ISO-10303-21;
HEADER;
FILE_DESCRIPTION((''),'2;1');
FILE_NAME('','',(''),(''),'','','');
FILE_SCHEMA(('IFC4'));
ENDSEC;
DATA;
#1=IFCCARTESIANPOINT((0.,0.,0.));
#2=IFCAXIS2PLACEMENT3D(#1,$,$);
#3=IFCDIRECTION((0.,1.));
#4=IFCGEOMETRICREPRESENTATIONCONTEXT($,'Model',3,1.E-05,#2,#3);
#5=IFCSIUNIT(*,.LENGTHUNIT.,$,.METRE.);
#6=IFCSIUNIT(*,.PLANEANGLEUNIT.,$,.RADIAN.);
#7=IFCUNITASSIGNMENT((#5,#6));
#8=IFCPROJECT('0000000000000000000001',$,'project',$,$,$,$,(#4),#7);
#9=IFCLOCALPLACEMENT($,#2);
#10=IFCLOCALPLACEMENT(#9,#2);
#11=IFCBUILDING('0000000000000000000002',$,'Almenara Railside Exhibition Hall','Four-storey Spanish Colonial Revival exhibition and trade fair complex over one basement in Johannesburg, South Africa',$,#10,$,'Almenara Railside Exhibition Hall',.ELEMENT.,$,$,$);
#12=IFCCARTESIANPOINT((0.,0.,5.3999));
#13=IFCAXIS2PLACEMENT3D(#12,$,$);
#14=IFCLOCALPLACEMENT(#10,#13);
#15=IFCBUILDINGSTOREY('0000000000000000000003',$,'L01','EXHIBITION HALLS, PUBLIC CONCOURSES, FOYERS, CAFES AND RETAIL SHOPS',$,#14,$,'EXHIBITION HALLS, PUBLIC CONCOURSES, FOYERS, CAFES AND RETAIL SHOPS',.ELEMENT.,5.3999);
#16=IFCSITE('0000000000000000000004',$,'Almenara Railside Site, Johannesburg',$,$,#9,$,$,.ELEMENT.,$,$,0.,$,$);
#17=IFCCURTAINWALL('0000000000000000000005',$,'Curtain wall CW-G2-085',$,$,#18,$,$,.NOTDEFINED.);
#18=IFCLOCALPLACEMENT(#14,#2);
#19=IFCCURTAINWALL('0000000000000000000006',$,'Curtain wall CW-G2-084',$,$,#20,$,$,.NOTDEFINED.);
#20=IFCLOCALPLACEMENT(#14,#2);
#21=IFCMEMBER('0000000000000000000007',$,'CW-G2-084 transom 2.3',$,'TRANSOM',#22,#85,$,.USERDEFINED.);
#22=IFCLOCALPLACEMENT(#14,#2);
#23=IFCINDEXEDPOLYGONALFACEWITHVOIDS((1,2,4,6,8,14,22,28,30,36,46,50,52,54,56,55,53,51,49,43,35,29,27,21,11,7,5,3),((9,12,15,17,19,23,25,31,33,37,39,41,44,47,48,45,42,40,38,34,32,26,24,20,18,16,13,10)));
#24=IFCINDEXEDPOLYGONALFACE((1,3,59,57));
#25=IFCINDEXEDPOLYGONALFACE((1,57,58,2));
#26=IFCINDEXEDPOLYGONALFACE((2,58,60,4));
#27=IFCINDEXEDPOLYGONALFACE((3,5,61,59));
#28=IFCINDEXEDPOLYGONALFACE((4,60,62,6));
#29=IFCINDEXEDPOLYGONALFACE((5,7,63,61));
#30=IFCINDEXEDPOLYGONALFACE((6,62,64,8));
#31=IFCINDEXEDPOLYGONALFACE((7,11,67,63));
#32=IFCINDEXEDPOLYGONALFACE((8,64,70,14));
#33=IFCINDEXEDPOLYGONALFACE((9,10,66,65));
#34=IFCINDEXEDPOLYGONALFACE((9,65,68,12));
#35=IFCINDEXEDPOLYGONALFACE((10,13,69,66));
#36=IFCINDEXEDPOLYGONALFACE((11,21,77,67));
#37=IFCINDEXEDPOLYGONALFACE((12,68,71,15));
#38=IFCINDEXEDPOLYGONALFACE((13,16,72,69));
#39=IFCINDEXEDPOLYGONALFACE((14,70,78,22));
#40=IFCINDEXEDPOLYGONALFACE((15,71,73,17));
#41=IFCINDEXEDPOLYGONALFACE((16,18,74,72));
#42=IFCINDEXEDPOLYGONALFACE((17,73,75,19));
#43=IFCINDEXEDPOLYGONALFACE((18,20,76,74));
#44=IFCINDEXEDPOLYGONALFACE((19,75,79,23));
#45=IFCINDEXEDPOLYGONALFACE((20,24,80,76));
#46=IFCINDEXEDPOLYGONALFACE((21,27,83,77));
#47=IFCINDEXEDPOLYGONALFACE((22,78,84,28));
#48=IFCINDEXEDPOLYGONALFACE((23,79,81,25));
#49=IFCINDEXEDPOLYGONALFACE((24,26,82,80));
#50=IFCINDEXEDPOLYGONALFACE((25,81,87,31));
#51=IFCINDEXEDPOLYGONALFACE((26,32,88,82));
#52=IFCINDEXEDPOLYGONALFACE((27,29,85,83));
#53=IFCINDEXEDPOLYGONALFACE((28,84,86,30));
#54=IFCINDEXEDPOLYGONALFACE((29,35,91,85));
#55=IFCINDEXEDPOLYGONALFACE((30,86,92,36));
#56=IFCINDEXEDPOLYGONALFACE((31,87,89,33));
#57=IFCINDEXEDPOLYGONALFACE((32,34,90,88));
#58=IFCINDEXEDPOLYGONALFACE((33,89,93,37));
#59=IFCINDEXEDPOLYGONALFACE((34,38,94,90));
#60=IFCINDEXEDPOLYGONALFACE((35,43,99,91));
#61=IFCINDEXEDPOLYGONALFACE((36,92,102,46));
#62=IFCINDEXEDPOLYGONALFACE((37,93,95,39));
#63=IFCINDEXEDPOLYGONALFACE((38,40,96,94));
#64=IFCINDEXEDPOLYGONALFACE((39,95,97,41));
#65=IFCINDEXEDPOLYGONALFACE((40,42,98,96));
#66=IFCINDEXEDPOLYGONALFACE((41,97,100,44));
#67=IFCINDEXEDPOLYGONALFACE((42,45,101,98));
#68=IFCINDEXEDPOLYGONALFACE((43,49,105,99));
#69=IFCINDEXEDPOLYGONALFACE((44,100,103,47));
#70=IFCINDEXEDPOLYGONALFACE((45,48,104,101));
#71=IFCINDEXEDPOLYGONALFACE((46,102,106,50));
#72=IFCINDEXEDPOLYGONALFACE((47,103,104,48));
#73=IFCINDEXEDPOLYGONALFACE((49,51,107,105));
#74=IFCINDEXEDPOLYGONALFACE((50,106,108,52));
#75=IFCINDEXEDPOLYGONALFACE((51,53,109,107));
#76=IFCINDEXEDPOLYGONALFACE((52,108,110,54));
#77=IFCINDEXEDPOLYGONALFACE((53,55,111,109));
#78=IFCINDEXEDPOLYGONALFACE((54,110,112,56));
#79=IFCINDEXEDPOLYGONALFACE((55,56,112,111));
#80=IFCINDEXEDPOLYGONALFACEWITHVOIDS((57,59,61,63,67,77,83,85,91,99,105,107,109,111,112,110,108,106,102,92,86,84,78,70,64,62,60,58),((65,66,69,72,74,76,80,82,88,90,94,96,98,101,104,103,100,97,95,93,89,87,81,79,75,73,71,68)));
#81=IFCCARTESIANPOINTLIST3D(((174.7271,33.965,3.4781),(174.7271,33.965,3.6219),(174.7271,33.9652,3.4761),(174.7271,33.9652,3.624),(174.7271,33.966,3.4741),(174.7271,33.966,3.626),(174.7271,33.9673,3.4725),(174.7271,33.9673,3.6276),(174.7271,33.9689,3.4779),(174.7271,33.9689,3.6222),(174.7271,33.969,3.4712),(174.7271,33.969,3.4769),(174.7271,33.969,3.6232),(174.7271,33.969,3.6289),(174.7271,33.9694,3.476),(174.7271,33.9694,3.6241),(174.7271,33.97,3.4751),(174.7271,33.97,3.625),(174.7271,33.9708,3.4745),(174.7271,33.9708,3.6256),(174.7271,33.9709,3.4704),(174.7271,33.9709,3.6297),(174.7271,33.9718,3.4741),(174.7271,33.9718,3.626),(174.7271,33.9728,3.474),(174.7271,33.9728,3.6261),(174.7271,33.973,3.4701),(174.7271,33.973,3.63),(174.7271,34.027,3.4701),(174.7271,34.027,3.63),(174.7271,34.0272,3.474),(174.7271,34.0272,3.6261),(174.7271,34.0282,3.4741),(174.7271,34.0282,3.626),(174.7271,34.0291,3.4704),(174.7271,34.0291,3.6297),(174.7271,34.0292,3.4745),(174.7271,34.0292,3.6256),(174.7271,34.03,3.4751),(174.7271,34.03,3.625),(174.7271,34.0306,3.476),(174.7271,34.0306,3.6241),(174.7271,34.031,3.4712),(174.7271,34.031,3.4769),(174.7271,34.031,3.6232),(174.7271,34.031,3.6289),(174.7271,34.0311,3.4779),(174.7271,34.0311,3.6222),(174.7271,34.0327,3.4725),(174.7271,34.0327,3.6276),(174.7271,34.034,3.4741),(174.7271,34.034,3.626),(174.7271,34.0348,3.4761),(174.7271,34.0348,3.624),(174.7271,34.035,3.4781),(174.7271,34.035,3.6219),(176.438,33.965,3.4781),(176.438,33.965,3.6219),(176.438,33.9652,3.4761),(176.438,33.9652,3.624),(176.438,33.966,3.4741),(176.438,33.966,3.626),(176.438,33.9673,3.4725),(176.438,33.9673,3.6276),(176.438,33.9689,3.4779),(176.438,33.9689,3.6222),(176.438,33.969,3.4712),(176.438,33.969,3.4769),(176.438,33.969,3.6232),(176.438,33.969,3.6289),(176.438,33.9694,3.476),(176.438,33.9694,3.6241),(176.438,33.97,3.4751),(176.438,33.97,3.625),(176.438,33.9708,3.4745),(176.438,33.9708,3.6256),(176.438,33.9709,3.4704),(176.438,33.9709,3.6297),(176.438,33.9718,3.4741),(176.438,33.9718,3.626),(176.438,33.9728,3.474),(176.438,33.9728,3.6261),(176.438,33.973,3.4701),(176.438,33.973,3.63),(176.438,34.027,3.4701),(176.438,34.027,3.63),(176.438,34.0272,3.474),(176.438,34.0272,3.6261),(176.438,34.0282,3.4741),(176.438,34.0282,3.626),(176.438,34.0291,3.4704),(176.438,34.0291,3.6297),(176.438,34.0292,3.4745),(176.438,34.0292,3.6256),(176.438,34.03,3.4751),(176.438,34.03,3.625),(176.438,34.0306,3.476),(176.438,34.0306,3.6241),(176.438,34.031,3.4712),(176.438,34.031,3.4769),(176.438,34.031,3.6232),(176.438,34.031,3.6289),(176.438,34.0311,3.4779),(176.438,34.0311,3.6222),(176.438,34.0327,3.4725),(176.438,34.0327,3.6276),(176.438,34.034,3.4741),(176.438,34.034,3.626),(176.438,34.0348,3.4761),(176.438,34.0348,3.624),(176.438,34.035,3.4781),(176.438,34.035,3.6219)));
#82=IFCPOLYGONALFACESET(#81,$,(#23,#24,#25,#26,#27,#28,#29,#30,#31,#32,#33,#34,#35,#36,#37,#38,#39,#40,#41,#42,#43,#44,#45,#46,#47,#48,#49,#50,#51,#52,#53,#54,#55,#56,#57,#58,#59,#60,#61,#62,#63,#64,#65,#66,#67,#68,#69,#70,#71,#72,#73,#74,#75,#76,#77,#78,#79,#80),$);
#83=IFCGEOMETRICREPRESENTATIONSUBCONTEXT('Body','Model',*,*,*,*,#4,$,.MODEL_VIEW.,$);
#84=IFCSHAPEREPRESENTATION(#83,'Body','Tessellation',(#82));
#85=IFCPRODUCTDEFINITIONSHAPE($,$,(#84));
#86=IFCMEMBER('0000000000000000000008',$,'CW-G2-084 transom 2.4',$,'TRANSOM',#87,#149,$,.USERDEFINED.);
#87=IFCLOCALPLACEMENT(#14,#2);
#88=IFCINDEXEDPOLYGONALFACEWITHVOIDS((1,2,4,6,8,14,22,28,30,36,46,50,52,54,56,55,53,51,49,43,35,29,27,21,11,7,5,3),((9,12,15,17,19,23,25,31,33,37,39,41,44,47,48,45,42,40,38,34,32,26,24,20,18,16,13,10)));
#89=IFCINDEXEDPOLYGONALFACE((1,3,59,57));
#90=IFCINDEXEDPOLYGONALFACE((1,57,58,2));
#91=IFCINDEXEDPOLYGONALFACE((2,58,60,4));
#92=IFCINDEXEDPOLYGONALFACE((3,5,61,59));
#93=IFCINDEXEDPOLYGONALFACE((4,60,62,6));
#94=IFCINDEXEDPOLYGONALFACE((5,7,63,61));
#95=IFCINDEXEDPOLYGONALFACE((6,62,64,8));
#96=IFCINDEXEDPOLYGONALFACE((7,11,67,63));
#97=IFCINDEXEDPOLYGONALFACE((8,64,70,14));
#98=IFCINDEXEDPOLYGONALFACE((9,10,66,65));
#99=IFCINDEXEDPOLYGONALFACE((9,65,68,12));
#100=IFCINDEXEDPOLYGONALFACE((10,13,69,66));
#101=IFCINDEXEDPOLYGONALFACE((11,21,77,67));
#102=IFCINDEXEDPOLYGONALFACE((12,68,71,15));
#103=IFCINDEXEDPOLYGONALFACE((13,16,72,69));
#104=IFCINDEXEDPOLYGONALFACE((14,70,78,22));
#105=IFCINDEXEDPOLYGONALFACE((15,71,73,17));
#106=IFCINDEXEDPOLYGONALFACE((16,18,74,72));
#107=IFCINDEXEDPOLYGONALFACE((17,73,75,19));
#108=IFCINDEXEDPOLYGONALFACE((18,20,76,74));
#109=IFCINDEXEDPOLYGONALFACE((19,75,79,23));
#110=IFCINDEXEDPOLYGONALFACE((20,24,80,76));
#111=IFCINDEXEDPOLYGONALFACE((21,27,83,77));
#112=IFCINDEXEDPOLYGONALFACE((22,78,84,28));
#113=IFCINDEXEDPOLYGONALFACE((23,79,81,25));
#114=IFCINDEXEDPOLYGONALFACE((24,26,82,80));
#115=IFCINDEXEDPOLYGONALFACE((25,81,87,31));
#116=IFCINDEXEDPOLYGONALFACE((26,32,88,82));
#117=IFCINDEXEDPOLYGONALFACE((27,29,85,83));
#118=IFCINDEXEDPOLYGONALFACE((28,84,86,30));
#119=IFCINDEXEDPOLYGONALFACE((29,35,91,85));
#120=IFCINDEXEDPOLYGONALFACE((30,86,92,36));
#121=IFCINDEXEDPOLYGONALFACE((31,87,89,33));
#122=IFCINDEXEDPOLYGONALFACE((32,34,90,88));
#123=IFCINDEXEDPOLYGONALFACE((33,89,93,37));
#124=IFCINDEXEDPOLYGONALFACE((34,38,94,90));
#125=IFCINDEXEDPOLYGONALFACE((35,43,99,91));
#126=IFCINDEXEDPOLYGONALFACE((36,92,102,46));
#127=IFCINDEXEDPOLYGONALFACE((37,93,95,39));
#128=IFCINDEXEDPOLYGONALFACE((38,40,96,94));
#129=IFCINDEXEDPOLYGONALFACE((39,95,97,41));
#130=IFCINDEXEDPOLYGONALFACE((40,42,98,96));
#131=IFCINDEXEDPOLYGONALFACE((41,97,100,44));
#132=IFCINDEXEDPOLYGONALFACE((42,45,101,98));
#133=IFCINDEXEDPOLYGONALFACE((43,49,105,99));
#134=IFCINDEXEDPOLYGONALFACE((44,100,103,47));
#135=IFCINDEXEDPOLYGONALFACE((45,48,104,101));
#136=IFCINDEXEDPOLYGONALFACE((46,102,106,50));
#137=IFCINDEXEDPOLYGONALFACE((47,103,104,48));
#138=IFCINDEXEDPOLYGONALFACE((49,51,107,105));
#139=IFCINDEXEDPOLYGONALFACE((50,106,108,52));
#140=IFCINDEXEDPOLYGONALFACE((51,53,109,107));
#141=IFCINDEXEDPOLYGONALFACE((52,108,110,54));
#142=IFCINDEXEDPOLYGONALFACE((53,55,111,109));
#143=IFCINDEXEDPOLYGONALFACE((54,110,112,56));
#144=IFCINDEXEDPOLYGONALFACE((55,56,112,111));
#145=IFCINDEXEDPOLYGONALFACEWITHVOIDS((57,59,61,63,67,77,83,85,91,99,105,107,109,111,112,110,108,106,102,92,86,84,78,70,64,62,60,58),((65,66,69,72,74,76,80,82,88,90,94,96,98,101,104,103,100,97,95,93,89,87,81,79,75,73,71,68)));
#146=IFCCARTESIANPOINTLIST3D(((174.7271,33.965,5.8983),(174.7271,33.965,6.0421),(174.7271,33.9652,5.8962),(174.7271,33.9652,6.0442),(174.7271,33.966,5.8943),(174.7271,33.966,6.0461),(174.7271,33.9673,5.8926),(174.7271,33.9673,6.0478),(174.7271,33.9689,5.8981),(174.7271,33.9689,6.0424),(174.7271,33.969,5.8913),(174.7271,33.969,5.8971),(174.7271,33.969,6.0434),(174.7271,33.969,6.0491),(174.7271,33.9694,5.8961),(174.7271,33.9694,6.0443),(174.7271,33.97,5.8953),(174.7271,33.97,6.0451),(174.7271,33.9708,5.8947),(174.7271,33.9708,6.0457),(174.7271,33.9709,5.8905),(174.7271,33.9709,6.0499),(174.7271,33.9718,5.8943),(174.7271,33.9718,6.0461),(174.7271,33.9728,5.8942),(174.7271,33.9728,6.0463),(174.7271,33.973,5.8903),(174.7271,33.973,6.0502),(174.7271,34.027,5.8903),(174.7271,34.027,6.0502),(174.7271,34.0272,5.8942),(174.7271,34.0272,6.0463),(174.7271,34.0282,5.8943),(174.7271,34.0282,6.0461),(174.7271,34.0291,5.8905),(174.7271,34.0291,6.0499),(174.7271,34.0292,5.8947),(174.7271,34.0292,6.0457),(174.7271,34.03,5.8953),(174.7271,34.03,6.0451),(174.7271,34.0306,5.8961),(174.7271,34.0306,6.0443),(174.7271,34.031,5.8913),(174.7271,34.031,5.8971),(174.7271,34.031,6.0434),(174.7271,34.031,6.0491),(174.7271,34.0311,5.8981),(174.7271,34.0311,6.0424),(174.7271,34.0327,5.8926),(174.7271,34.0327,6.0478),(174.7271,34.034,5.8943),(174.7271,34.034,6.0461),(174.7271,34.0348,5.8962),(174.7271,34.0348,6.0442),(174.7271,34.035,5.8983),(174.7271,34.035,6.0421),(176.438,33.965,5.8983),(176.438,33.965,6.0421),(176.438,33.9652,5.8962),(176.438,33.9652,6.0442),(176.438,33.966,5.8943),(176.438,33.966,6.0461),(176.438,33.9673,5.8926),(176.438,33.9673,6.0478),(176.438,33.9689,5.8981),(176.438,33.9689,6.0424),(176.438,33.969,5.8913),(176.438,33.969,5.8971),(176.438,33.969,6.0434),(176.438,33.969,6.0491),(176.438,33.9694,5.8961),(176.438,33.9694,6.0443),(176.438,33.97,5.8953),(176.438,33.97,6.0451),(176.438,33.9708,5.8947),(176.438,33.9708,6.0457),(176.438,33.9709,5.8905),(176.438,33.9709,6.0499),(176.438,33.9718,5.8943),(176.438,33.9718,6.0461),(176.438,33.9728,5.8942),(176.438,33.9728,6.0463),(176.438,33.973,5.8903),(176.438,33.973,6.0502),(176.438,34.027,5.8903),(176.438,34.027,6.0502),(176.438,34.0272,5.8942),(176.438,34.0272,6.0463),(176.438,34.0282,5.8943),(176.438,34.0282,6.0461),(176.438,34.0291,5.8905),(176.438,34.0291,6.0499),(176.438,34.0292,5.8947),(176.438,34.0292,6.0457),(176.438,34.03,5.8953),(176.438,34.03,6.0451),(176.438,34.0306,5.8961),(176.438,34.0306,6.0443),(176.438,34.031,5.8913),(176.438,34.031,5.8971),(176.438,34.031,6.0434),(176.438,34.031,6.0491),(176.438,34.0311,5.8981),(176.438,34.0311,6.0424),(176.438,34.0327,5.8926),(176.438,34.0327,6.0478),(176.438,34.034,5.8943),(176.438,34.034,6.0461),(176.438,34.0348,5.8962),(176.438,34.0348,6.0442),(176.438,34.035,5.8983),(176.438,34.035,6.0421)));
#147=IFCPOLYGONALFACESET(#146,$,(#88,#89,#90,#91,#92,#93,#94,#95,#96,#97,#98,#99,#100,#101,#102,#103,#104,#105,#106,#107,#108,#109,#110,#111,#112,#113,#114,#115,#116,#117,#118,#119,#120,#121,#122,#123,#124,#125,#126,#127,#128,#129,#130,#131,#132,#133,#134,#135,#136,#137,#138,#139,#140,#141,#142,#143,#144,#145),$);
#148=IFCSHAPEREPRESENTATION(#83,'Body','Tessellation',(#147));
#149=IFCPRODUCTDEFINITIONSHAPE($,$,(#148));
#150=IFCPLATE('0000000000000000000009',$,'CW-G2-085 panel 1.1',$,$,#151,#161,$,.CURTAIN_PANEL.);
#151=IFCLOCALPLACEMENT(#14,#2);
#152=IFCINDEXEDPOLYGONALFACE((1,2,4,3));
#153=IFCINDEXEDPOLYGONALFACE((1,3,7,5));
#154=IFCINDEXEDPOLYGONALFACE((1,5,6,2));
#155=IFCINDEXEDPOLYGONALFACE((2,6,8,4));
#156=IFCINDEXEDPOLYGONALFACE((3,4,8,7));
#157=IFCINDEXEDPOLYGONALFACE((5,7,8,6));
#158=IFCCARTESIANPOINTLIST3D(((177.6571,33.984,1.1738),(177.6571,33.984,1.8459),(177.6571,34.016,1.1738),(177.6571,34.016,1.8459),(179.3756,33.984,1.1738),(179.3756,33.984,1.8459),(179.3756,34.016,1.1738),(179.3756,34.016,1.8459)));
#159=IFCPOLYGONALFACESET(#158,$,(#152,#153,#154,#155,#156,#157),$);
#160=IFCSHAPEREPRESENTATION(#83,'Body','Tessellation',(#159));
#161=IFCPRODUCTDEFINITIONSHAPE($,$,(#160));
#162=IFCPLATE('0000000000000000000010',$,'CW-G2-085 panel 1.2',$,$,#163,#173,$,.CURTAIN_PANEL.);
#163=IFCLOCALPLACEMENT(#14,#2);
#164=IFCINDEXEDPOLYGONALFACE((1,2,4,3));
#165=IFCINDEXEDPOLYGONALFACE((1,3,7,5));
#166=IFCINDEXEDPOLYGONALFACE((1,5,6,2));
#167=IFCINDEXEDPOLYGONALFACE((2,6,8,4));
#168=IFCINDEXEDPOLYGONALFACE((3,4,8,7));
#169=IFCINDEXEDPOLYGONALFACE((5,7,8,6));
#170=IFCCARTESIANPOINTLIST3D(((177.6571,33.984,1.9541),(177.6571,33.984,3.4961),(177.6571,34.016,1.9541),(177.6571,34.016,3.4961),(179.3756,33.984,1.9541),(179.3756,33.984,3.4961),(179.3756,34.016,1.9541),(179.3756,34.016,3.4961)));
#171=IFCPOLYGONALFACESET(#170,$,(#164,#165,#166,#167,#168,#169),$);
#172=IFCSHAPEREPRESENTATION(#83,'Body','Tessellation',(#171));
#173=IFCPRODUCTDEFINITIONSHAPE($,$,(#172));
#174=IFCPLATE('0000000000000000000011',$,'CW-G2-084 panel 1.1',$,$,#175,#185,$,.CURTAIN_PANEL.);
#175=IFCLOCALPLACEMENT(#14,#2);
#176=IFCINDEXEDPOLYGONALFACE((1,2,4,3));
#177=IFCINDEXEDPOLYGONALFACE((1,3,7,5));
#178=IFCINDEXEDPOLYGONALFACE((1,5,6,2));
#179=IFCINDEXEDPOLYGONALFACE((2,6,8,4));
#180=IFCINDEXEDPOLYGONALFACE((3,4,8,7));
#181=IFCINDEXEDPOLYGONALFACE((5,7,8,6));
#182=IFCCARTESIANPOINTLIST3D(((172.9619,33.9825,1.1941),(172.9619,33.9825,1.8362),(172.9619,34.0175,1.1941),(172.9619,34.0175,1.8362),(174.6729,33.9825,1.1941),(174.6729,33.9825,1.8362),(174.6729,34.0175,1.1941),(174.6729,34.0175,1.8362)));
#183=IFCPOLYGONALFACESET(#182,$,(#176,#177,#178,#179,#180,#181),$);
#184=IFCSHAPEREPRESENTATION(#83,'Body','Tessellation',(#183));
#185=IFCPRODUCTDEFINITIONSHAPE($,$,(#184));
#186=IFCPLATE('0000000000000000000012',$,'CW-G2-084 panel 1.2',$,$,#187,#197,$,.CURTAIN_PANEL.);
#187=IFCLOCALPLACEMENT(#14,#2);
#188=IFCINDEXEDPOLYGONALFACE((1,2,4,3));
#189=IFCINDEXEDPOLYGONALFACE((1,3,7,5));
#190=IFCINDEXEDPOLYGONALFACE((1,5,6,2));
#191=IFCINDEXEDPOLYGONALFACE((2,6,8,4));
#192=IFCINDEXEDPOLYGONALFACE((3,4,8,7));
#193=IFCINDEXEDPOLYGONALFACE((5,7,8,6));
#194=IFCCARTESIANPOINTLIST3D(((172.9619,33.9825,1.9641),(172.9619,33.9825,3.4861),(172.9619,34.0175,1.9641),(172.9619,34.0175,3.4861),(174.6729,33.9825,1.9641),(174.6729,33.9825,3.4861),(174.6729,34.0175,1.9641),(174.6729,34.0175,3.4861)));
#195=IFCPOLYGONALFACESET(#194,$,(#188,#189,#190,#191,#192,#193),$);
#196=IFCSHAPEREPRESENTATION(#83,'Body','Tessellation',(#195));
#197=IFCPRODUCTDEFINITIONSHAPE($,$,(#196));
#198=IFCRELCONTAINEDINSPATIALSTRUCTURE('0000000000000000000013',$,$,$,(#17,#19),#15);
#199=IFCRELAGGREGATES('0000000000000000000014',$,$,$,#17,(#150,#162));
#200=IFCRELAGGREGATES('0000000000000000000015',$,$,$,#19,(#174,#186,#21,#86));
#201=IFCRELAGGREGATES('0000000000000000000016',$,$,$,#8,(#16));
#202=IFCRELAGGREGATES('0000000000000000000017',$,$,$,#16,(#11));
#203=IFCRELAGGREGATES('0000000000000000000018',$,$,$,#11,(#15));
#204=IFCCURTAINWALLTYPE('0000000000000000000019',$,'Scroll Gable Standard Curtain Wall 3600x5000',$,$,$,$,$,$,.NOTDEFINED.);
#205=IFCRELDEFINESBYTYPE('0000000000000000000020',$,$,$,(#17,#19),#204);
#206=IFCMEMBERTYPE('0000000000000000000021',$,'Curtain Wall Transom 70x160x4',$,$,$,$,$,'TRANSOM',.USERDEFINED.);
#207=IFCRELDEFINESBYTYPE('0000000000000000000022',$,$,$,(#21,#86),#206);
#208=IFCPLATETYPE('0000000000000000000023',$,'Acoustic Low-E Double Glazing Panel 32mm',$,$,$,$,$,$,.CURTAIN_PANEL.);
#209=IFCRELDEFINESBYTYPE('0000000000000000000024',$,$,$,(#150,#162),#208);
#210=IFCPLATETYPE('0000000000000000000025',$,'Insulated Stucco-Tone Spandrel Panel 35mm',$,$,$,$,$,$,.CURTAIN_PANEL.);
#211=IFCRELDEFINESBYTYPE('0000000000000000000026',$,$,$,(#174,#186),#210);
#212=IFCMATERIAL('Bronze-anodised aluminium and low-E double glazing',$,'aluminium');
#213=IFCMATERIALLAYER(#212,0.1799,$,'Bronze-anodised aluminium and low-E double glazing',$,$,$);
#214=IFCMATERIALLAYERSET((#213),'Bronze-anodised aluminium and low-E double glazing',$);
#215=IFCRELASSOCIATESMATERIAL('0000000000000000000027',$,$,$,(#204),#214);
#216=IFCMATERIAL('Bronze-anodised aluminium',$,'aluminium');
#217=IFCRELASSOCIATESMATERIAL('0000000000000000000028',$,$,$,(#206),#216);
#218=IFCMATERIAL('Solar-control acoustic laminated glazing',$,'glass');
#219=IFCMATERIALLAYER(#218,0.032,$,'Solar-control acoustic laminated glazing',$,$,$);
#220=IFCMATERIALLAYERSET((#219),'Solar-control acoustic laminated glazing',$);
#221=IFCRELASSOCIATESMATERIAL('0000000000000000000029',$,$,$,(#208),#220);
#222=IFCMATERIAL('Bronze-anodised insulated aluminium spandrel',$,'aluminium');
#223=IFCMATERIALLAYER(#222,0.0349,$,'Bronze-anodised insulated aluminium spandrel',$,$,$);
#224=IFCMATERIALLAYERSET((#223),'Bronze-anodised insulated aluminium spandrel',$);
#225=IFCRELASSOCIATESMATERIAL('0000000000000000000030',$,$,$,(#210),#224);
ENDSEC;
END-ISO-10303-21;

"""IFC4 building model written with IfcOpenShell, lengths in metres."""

from ifc_helpers import new_model, si_unit, direction, frame, origin, origin_2d, place, context, subcontext, project, spatial, rectangle, hollow_rectangle, extrude, material, layer, layer_set, material_profile, profile_set, type_object, element, aggregate, save


model = new_model("IFC4")

# Units and contexts
model_context = context("Model", 3, precision=1e-05, world=origin(), true_north=direction((0.0, 1.0)))
body_context = subcontext(model_context, "Body", "Model", "MODEL_VIEW")
ifc_project = project(units=[si_unit("LENGTHUNIT", "METRE"), si_unit("PLANEANGLEUNIT", "RADIAN")], contexts=[model_context])

# Site, building, storey
site_placement = place(None, origin())
site = spatial("IfcSite", under=ifc_project, at=site_placement, Name="Almenara Railside Site, Johannesburg", CompositionType="ELEMENT", RefElevation=0.0)
building_placement = place(site_placement, origin())
building = spatial("IfcBuilding", under=site, at=building_placement, Name="Almenara Railside Exhibition Hall", Description="Four-storey Spanish Colonial Revival exhibition and trade fair complex over one basement in Johannesburg, South Africa", LongName="Almenara Railside Exhibition Hall", CompositionType="ELEMENT")
storey_placement = place(building_placement, frame((0.0, 0.0, 5.3999)))
storey = spatial("IfcBuildingStorey", under=building, at=storey_placement, Name="L01", Description="EXHIBITION HALLS, PUBLIC CONCOURSES, FOYERS, CAFES AND RETAIL SHOPS", LongName="EXHIBITION HALLS, PUBLIC CONCOURSES, FOYERS, CAFES AND RETAIL SHOPS", CompositionType="ELEMENT", Elevation=5.3999)

# Curtain wall
ifc_material_1 = material(Name="Bronze-anodised aluminium and low-E double glazing", Category="aluminium")
ifc_layer_1 = layer(ifc_material_1, 0.1799, Name="Bronze-anodised aluminium and low-E double glazing")
ifc_layer_set_1 = layer_set([ifc_layer_1], Name="Bronze-anodised aluminium and low-E double glazing")
curtain_wall_type = type_object("IfcCurtainWallType", Name="Scroll Gable Standard Curtain Wall 3600x5000", PredefinedType="NOTDEFINED", material=ifc_layer_set_1)
curtain_wall_1_placement = place(storey_placement, origin())
curtain_wall_1 = element("IfcCurtainWall", 1, at=curtain_wall_1_placement, inside=storey, type_object=curtain_wall_type, Name="Curtain wall CW-G2-085", PredefinedType="NOTDEFINED")
ifc_material_2 = material(Name="Bronze-anodised aluminium", Category="aluminium")

# Curtain wall
curtain_wall_2_placement = place(storey_placement, origin())
curtain_wall_2 = element("IfcCurtainWall", 2, at=curtain_wall_2_placement, inside=storey, type_object=curtain_wall_type, Name="Curtain wall CW-G2-084", PredefinedType="NOTDEFINED")

# Members
ifc_material_profile_1 = material_profile(ifc_material_2, hollow_rectangle(XDim=0.0701, YDim=0.1599, WallThickness=0.0039, InnerFilletRadius=0.0039, OuterFilletRadius=0.0081, at=origin_2d()), Name="ALU-TRN 70x160x4")
ifc_profile_set_1 = profile_set([ifc_material_profile_1], Name="Bronze-anodised aluminium")
member_type_1 = type_object("IfcMemberType", Name="Curtain Wall Transom 70x160x4", ElementType="TRANSOM", PredefinedType="USERDEFINED", material=ifc_profile_set_1)
member_1_placement = place(storey_placement, frame((174.7271, 34.0, 3.55), z_axis=(1.0, 0.0, 0.0), x_axis=(0.0, 1.0, 0.0)))
member_1 = element("IfcMember", 3, at=member_1_placement, type_object=member_type_1, Name="CW-G2-084 transom 2.3", ObjectType="TRANSOM", PredefinedType="USERDEFINED", context=body_context, shape_type="SweptSolid", body=[
    extrude(hollow_rectangle(XDim=0.0701, YDim=0.1599, WallThickness=0.0039, InnerFilletRadius=0.0039, OuterFilletRadius=0.0081, at=origin_2d()), origin(), (0.0, 0.0, 1.0), 1.7109),
])
member_2_placement = place(storey_placement, frame((174.7271, 34.0, 5.9702), z_axis=(1.0, 0.0, 0.0), x_axis=(0.0, 1.0, 0.0)))
member_2 = element("IfcMember", 4, at=member_2_placement, type_object=member_type_1, Name="CW-G2-084 transom 2.4", ObjectType="TRANSOM", PredefinedType="USERDEFINED", context=body_context, shape_type="SweptSolid", body=[
    extrude(hollow_rectangle(XDim=0.0701, YDim=0.1599, WallThickness=0.0039, InnerFilletRadius=0.0039, OuterFilletRadius=0.0081, at=origin_2d()), origin(), (0.0, 0.0, 1.0), 1.7109),
])

# Plates
ifc_material_3 = material(Name="Solar-control acoustic laminated glazing", Category="glass")
ifc_layer_2 = layer(ifc_material_3, 0.032, Name="Solar-control acoustic laminated glazing")
ifc_layer_set_2 = layer_set([ifc_layer_2], Name="Solar-control acoustic laminated glazing")
plate_type_1 = type_object("IfcPlateType", Name="Acoustic Low-E Double Glazing Panel 32mm", PredefinedType="CURTAIN_PANEL", material=ifc_layer_set_2)
plate_1_placement = place(storey_placement, frame((178.5164, 34.0, 1.1738), z_axis=(0.0, 0.0, 1.0), x_axis=(1.0, 0.0, 0.0)))
plate_1 = element("IfcPlate", 5, at=plate_1_placement, type_object=plate_type_1, Name="CW-G2-085 panel 1.1", PredefinedType="CURTAIN_PANEL", context=body_context, shape_type="SweptSolid", body=[
    extrude(rectangle(XDim=1.7185, YDim=0.032, at=origin_2d()), origin(), (0.0, 0.0, 1.0), 0.6721),
])
plate_2_placement = place(storey_placement, frame((178.5164, 34.0, 1.9541), z_axis=(0.0, 0.0, 1.0), x_axis=(1.0, 0.0, 0.0)))
plate_2 = element("IfcPlate", 6, at=plate_2_placement, type_object=plate_type_1, Name="CW-G2-085 panel 1.2", PredefinedType="CURTAIN_PANEL", context=body_context, shape_type="SweptSolid", body=[
    extrude(rectangle(XDim=1.7185, YDim=0.032, at=origin_2d()), origin(), (0.0, 0.0, 1.0), 1.542),
])
aggregate(curtain_wall_1, [plate_1, plate_2])
ifc_material_4 = material(Name="Bronze-anodised insulated aluminium spandrel", Category="aluminium")
ifc_layer_3 = layer(ifc_material_4, 0.0349, Name="Bronze-anodised insulated aluminium spandrel")
ifc_layer_set_3 = layer_set([ifc_layer_3], Name="Bronze-anodised insulated aluminium spandrel")
plate_type_2 = type_object("IfcPlateType", Name="Insulated Stucco-Tone Spandrel Panel 35mm", PredefinedType="CURTAIN_PANEL", material=ifc_layer_set_3)
plate_3_placement = place(storey_placement, frame((173.8174, 34.0, 1.1941), z_axis=(0.0, 0.0, 1.0), x_axis=(1.0, 0.0, 0.0)))
plate_3 = element("IfcPlate", 7, at=plate_3_placement, type_object=plate_type_2, Name="CW-G2-084 panel 1.1", PredefinedType="CURTAIN_PANEL", context=body_context, shape_type="SweptSolid", body=[
    extrude(rectangle(XDim=1.7109, YDim=0.0349, at=origin_2d()), origin(), (0.0, 0.0, 1.0), 0.6421),
])
plate_4_placement = place(storey_placement, frame((173.8174, 34.0, 1.9641), z_axis=(0.0, 0.0, 1.0), x_axis=(1.0, 0.0, 0.0)))
plate_4 = element("IfcPlate", 8, at=plate_4_placement, type_object=plate_type_2, Name="CW-G2-084 panel 1.2", PredefinedType="CURTAIN_PANEL", context=body_context, shape_type="SweptSolid", body=[
    extrude(rectangle(XDim=1.7109, YDim=0.0349, at=origin_2d()), origin(), (0.0, 0.0, 1.0), 1.522),
])
aggregate(curtain_wall_2, [plate_3, plate_4, member_1, member_2])

save(model, "model.ifc")
